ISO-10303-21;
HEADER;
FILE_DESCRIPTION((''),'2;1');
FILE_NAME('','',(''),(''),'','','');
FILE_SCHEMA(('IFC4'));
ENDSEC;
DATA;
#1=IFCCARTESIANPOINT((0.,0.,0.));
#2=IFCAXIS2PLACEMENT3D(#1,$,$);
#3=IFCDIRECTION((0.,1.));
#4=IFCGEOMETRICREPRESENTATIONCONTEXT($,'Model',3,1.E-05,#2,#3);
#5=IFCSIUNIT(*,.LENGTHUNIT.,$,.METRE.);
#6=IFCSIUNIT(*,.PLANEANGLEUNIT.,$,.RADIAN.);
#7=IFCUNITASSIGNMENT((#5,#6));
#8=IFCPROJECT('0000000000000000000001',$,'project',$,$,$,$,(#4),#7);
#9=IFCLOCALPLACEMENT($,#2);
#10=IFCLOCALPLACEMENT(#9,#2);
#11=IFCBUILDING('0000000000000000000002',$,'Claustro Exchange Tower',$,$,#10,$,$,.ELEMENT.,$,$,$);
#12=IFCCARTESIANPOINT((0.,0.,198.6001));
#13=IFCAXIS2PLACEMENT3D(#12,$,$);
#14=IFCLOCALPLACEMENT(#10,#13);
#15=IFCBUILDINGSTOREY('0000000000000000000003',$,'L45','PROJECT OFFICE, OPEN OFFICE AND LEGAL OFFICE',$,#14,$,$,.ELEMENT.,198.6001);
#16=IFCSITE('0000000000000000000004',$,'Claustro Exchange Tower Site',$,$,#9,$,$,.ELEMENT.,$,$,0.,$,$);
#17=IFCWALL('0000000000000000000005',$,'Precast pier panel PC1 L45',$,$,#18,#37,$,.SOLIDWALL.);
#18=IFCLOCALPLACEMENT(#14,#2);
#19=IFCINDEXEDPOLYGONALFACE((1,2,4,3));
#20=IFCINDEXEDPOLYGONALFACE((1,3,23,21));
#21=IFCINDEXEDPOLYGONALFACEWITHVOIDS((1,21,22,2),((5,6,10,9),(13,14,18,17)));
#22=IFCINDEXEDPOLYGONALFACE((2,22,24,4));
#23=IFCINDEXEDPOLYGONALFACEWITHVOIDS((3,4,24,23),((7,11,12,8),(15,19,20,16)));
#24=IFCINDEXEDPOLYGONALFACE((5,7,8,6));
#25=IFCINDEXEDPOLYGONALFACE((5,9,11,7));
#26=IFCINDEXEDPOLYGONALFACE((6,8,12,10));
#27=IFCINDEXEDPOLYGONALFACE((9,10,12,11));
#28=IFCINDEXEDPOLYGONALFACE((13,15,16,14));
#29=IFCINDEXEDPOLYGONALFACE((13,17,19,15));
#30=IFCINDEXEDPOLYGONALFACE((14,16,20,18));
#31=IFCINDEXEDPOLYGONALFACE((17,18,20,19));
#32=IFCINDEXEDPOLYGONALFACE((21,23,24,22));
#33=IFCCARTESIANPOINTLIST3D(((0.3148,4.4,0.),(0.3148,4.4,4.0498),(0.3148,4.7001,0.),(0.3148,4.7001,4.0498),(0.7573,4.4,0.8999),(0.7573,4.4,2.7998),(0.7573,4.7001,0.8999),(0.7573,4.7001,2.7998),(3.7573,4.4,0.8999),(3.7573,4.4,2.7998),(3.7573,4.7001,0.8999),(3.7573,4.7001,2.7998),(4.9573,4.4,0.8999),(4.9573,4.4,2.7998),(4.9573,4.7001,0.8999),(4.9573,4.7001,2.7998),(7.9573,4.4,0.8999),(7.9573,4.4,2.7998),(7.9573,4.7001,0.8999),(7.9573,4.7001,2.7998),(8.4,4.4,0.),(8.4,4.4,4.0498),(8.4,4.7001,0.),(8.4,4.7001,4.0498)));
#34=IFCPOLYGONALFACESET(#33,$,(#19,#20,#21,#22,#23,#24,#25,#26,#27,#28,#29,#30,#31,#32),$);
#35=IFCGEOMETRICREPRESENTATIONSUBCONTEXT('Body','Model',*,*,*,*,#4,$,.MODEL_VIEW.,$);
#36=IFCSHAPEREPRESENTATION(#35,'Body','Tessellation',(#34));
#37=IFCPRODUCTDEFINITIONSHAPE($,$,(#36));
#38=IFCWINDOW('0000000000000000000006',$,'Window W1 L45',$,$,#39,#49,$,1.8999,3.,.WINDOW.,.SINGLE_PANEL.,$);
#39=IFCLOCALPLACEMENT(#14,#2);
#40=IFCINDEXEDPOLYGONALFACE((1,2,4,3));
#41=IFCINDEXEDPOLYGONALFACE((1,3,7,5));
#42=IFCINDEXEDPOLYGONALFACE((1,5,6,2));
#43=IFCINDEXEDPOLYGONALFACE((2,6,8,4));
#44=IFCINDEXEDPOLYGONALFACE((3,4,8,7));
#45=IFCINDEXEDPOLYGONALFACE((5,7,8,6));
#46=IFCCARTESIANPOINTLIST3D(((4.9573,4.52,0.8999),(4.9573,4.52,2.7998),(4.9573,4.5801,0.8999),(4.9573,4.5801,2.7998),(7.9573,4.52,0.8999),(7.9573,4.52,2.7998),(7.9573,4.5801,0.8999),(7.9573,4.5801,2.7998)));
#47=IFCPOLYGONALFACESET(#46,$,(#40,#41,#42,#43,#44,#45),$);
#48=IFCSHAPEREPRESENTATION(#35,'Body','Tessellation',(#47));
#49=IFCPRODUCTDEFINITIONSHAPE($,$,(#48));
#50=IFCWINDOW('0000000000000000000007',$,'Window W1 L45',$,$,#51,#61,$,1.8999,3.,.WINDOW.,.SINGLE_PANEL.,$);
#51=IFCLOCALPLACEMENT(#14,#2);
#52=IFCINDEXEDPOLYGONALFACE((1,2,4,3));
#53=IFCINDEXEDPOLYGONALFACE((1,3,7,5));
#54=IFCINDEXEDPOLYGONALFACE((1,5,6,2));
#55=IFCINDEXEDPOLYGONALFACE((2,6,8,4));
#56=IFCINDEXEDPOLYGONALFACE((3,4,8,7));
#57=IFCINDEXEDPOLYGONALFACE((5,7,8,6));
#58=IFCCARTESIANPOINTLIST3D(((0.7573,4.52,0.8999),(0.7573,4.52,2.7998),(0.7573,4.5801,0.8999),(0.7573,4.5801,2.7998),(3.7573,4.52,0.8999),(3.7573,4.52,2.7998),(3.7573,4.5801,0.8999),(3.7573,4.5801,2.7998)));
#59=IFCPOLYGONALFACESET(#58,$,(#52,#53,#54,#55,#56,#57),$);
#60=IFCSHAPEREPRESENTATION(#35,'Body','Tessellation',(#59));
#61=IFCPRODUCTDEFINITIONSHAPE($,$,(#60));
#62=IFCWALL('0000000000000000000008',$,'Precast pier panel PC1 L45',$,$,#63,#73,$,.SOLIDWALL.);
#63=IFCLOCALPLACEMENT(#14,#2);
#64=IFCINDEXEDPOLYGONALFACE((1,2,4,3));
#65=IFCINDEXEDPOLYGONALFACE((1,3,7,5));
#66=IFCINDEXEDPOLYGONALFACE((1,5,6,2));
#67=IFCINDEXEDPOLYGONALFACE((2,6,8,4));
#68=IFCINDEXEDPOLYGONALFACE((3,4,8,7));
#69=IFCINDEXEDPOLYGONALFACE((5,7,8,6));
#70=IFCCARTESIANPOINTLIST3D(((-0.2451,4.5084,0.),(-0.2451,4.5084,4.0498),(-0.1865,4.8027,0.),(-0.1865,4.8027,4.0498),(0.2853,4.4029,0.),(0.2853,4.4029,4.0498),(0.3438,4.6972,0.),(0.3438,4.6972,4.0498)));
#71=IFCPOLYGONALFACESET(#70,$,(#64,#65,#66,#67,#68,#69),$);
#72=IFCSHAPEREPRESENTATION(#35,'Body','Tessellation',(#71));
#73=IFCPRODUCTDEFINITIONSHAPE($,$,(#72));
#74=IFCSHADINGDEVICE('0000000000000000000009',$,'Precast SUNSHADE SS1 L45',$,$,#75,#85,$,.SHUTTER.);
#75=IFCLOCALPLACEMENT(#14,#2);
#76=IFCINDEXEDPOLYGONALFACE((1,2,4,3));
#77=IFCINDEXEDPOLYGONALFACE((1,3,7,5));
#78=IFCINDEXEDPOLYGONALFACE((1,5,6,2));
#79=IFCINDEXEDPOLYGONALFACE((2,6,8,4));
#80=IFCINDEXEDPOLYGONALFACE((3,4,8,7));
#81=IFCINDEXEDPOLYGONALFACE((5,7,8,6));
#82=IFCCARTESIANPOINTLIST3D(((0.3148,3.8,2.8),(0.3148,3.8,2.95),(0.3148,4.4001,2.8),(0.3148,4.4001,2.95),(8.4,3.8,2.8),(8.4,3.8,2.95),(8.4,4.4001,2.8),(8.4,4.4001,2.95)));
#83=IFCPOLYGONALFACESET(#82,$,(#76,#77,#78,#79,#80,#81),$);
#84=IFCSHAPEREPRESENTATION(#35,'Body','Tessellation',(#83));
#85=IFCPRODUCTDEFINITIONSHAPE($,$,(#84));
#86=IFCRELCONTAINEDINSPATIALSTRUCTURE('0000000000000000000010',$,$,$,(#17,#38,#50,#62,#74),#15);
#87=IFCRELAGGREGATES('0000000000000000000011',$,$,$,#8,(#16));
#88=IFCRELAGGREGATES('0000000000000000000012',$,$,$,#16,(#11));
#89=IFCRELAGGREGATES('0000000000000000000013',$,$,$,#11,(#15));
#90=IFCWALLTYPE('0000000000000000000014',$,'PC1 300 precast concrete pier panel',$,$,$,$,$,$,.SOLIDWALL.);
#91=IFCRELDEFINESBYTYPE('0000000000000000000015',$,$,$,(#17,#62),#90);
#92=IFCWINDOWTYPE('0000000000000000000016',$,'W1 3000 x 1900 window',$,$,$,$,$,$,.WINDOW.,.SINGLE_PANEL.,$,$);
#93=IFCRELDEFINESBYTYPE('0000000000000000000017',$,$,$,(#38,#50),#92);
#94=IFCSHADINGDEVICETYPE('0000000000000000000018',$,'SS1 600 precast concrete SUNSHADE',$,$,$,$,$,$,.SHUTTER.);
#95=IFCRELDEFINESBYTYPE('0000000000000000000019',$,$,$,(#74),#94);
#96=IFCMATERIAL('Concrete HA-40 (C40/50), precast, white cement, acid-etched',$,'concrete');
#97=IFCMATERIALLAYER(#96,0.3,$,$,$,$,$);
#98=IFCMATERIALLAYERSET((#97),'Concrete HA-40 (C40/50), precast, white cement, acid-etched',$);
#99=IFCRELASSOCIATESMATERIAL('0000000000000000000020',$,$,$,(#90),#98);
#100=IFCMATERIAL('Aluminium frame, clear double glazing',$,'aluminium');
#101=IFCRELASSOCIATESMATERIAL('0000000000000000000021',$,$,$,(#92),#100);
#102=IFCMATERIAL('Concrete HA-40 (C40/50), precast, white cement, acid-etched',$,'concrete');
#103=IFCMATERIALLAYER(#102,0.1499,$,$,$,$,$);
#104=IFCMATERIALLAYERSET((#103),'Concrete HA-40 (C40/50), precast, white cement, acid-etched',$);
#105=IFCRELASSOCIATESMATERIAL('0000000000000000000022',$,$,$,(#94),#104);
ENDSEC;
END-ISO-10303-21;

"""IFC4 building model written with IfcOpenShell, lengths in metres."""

from ifc_helpers import new_model, si_unit, direction, frame, frame_2d, origin, origin_2d, place, context, subcontext, project, spatial, rectangle, extrude, material, layer, layer_set, type_object, element, fill, save


model = new_model("IFC4")

# Units and contexts
model_context = context("Model", 3, precision=1e-05, world=origin(), true_north=direction((0.0, 1.0)))
body_context = subcontext(model_context, "Body", "Model", "MODEL_VIEW")
ifc_project = project(units=[si_unit("LENGTHUNIT", "METRE"), si_unit("PLANEANGLEUNIT", "RADIAN")], contexts=[model_context])

# Site, building, storey
site_placement = place(None, origin())
site = spatial("IfcSite", under=ifc_project, at=site_placement, Name="Claustro Exchange Tower Site", CompositionType="ELEMENT", RefElevation=0.0)
building_placement = place(site_placement, origin())
building = spatial("IfcBuilding", under=site, at=building_placement, Name="Claustro Exchange Tower", CompositionType="ELEMENT")
storey_placement = place(building_placement, frame((0.0, 0.0, 198.6001)))
storey = spatial("IfcBuildingStorey", under=building, at=storey_placement, Name="L45", Description="PROJECT OFFICE, OPEN OFFICE AND LEGAL OFFICE", CompositionType="ELEMENT", Elevation=198.6001)

# Wall, openings, windows
ifc_material_1 = material(Name="Concrete HA-40 (C40/50), precast, white cement, acid-etched", Category="concrete")
ifc_layer_1 = layer(ifc_material_1, 0.3)
ifc_layer_set_1 = layer_set([ifc_layer_1], Name="Concrete HA-40 (C40/50), precast, white cement, acid-etched")
wall_type_1 = type_object("IfcWallType", Name="PC1 300 precast concrete pier panel", PredefinedType="SOLIDWALL", material=ifc_layer_set_1)
wall_1_placement = place(storey_placement, frame((8.3999, 4.55, 0.0), z_axis=(0.0, 0.0, 1.0), x_axis=(-1.0, 0.0, 0.0)))
wall_1 = element("IfcWall", 1, at=wall_1_placement, inside=storey, type_object=wall_type_1, Name="Precast pier panel PC1 L45", PredefinedType="SOLIDWALL", context=body_context, shape_type="SweptSolid", body=[
    extrude(rectangle(XDim=8.0852, YDim=0.3, at=frame_2d((4.0425, 0.0))), origin(), (0.0, 0.0, 1.0), 4.0498),
])
opening_1_placement = place(wall_1_placement, frame((0.4426, 0.0, 0.8999)))
opening_1 = element("IfcOpeningElement", 2, at=opening_1_placement, cuts=wall_1, PredefinedType="OPENING", context=body_context, shape_type="SweptSolid", body=[
    extrude(rectangle(XDim=3.0, YDim=1.8999, at=frame_2d((1.5, 0.95))), frame((0.0, 0.1599, 0.0), z_axis=(0.0, -1.0, 0.0), x_axis=(1.0, 0.0, 0.0)), (0.0, 0.0, 1.0), 0.3201),
])
opening_2_placement = place(wall_1_placement, frame((4.6426, 0.0, 0.8999)))
opening_2 = element("IfcOpeningElement", 3, at=opening_2_placement, cuts=wall_1, PredefinedType="OPENING", context=body_context, shape_type="SweptSolid", body=[
    extrude(rectangle(XDim=3.0, YDim=1.8999, at=frame_2d((1.5, 0.95))), frame((0.0, 0.1599, 0.0), z_axis=(0.0, -1.0, 0.0), x_axis=(1.0, 0.0, 0.0)), (0.0, 0.0, 1.0), 0.3201),
])
ifc_material_2 = material(Name="Aluminium frame, clear double glazing", Category="aluminium")
window_type = type_object("IfcWindowType", Name="W1 3000 x 1900 window", PartitioningType="SINGLE_PANEL", PredefinedType="WINDOW", material=ifc_material_2)
window_1_placement = place(opening_1_placement, origin())
window_1 = element("IfcWindow", 4, at=window_1_placement, inside=storey, type_object=window_type, Name="Window W1 L45", OverallHeight=1.8999, OverallWidth=3.0, PartitioningType="SINGLE_PANEL", PredefinedType="WINDOW", context=body_context, shape_type="SweptSolid", body=[
    extrude(rectangle(XDim=3.0, YDim=1.8999, at=frame_2d((1.5, 0.95))), frame((0.0, 0.03, 0.0), z_axis=(0.0, -1.0, 0.0), x_axis=(1.0, 0.0, 0.0)), (0.0, 0.0, 1.0), 0.0601),
])
fill(opening_1, window_1)
window_2_placement = place(opening_2_placement, origin())
window_2 = element("IfcWindow", 5, at=window_2_placement, inside=storey, type_object=window_type, Name="Window W1 L45", OverallHeight=1.8999, OverallWidth=3.0, PartitioningType="SINGLE_PANEL", PredefinedType="WINDOW", context=body_context, shape_type="SweptSolid", body=[
    extrude(rectangle(XDim=3.0, YDim=1.8999, at=frame_2d((1.5, 0.95))), frame((0.0, 0.03, 0.0), z_axis=(0.0, -1.0, 0.0), x_axis=(1.0, 0.0, 0.0)), (0.0, 0.0, 1.0), 0.0601),
])
fill(opening_2, window_2)

# Wall
wall_2_placement = place(storey_placement, frame((0.3147, 4.55, 0.0), z_axis=(0.0, 0.0, 1.0), x_axis=(-0.980789, 0.195074, 0.0)))
element("IfcWall", 6, at=wall_2_placement, inside=storey, type_object=wall_type_1, Name="Precast pier panel PC1 L45", PredefinedType="SOLIDWALL", context=body_context, shape_type="SweptSolid", body=[
    extrude(rectangle(XDim=0.5408, YDim=0.3, at=frame_2d((0.2705, 0.0))), origin(), (0.0, 0.0, 1.0), 4.0498),
])

# Shading device
ifc_material_3 = material(Name="Concrete HA-40 (C40/50), precast, white cement, acid-etched", Category="concrete")
ifc_layer_2 = layer(ifc_material_3, 0.1499)
ifc_layer_set_2 = layer_set([ifc_layer_2], Name="Concrete HA-40 (C40/50), precast, white cement, acid-etched")
shading_device_type = type_object("IfcShadingDeviceType", Name="SS1 600 precast concrete SUNSHADE", PredefinedType="SHUTTER", material=ifc_layer_set_2)
shading_device_placement = place(storey_placement, frame((4.3574, 4.1001, 2.8), z_axis=(0.0, 0.0, 1.0), x_axis=(-1.0, 0.0, 0.0)))
element("IfcShadingDevice", 7, at=shading_device_placement, inside=storey, type_object=shading_device_type, Name="Precast SUNSHADE SS1 L45", PredefinedType="SHUTTER", context=body_context, shape_type="SweptSolid", body=[
    extrude(rectangle(XDim=8.0852, YDim=0.6001, at=origin_2d()), origin(), (0.0, 0.0, 1.0), 0.1499),
])

save(model, "model.ifc")
